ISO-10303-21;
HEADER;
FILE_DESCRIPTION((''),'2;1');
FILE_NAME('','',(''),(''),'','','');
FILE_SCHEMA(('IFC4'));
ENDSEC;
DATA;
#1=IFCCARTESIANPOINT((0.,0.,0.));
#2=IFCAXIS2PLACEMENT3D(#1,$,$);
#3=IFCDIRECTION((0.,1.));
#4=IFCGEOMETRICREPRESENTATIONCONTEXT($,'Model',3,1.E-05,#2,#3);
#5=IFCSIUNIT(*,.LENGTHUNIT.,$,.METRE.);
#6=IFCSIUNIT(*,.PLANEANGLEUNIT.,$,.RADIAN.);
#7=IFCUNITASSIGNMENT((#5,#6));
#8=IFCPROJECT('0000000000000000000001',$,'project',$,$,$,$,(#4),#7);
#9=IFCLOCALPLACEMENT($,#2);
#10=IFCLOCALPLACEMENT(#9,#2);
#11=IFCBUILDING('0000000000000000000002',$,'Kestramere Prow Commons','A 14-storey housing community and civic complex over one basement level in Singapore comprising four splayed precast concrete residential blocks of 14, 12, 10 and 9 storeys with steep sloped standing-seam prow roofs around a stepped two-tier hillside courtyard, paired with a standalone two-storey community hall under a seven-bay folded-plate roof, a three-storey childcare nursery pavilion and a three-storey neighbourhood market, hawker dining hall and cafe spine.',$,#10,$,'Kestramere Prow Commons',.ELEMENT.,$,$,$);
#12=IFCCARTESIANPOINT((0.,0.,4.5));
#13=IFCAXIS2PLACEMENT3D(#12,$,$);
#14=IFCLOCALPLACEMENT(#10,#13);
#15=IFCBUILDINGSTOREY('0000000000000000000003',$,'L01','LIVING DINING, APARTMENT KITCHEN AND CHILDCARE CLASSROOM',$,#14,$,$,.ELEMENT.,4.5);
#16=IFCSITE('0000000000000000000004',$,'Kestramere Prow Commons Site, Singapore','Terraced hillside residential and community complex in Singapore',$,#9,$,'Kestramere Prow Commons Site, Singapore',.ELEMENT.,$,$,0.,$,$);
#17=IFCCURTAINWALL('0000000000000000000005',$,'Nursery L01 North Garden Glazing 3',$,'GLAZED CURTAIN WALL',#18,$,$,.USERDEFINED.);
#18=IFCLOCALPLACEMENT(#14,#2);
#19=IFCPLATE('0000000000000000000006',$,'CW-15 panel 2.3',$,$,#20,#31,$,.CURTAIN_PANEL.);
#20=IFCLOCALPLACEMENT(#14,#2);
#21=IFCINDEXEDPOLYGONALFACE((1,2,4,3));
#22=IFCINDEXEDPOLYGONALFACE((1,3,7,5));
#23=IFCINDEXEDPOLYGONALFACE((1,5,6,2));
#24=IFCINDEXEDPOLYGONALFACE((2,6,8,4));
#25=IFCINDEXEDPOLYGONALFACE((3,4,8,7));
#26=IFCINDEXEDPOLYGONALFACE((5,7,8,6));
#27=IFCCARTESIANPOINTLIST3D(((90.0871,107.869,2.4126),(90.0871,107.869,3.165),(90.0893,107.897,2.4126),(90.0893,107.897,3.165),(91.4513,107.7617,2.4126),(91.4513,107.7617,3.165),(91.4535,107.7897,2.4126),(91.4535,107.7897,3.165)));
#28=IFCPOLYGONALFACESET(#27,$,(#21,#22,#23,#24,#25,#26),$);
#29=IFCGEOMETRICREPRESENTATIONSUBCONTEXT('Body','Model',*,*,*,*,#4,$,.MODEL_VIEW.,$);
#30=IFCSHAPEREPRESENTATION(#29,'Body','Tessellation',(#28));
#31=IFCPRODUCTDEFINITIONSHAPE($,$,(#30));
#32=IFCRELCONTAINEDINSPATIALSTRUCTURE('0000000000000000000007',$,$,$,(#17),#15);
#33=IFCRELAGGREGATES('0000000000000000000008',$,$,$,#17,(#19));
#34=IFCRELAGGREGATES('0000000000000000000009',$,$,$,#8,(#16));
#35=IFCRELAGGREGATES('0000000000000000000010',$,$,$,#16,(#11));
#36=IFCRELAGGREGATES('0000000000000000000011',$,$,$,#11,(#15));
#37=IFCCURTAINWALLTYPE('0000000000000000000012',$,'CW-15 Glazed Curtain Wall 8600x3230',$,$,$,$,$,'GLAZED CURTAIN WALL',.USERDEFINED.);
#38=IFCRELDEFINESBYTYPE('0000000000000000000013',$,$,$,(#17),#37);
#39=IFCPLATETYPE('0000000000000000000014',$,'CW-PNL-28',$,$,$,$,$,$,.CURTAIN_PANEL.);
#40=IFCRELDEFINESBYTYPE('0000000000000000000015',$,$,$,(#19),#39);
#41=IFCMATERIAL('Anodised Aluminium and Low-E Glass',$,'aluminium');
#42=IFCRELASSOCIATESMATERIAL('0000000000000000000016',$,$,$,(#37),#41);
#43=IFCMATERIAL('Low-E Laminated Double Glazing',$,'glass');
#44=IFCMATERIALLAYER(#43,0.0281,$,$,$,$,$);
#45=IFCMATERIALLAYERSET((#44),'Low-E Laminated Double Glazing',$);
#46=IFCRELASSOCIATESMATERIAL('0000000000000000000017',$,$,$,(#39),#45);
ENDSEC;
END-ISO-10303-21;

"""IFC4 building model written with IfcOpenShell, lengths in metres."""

from ifc_helpers import new_model, si_unit, direction, frame, origin, origin_2d, place, context, subcontext, project, spatial, rectangle, extrude, material, layer, layer_set, type_object, element, aggregate, save


model = new_model("IFC4")

# Units and contexts
model_context = context("Model", 3, precision=1e-05, world=origin(), true_north=direction((0.0, 1.0)))
body_context = subcontext(model_context, "Body", "Model", "MODEL_VIEW")
ifc_project = project(units=[si_unit("LENGTHUNIT", "METRE"), si_unit("PLANEANGLEUNIT", "RADIAN")], contexts=[model_context])

# Site, building, storey
site_placement = place(None, origin())
site = spatial("IfcSite", under=ifc_project, at=site_placement, Name="Kestramere Prow Commons Site, Singapore", Description="Terraced hillside residential and community complex in Singapore", LongName="Kestramere Prow Commons Site, Singapore", CompositionType="ELEMENT", RefElevation=0.0)
building_placement = place(site_placement, origin())
building = spatial("IfcBuilding", under=site, at=building_placement, Name="Kestramere Prow Commons", Description="A 14-storey housing community and civic complex over one basement level in Singapore comprising four splayed precast concrete residential blocks of 14, 12, 10 and 9 storeys with steep sloped standing-seam prow roofs around a stepped two-tier hillside courtyard, paired with a standalone two-storey community hall under a seven-bay folded-plate roof, a three-storey childcare nursery pavilion and a three-storey neighbourhood market, hawker dining hall and cafe spine.", LongName="Kestramere Prow Commons", CompositionType="ELEMENT")
storey_placement = place(building_placement, frame((0.0, 0.0, 4.5)))
storey = spatial("IfcBuildingStorey", under=building, at=storey_placement, Name="L01", Description="LIVING DINING, APARTMENT KITCHEN AND CHILDCARE CLASSROOM", CompositionType="ELEMENT", Elevation=4.5)

# Shared definitions
ifc_material_1 = material(Name="Anodised Aluminium and Low-E Glass", Category="aluminium")
curtain_wall_type = type_object("IfcCurtainWallType", Name="CW-15 Glazed Curtain Wall 8600x3230", ElementType="GLAZED CURTAIN WALL", PredefinedType="USERDEFINED", material=ifc_material_1)

# Curtain wall, plate
curtain_wall_1_placement = place(storey_placement, origin())
curtain_wall_1 = element("IfcCurtainWall", 1, at=curtain_wall_1_placement, inside=storey, type_object=curtain_wall_type, Name="Nursery L01 North Garden Glazing 3", ObjectType="GLAZED CURTAIN WALL", PredefinedType="USERDEFINED")
ifc_material_2 = material(Name="Low-E Laminated Double Glazing", Category="glass")
ifc_layer = layer(ifc_material_2, 0.0281)
ifc_layer_set = layer_set([ifc_layer], Name="Low-E Laminated Double Glazing")
plate_type = type_object("IfcPlateType", Name="CW-PNL-28", PredefinedType="CURTAIN_PANEL", material=ifc_layer_set)
plate_1_placement = place(storey_placement, frame((90.7703, 107.8293, 2.4126), z_axis=(0.0, 0.0, 1.0), x_axis=(0.996917, -0.078459, 0.0)))
plate_1 = element("IfcPlate", 2, at=plate_1_placement, type_object=plate_type, Name="CW-15 panel 2.3", PredefinedType="CURTAIN_PANEL", context=body_context, shape_type="SweptSolid", body=[
    extrude(rectangle(XDim=1.3684, YDim=0.0281, at=origin_2d()), origin(), (0.0, 0.0, 1.0), 0.7524),
])
aggregate(curtain_wall_1, [plate_1])

save(model, "model.ifc")
